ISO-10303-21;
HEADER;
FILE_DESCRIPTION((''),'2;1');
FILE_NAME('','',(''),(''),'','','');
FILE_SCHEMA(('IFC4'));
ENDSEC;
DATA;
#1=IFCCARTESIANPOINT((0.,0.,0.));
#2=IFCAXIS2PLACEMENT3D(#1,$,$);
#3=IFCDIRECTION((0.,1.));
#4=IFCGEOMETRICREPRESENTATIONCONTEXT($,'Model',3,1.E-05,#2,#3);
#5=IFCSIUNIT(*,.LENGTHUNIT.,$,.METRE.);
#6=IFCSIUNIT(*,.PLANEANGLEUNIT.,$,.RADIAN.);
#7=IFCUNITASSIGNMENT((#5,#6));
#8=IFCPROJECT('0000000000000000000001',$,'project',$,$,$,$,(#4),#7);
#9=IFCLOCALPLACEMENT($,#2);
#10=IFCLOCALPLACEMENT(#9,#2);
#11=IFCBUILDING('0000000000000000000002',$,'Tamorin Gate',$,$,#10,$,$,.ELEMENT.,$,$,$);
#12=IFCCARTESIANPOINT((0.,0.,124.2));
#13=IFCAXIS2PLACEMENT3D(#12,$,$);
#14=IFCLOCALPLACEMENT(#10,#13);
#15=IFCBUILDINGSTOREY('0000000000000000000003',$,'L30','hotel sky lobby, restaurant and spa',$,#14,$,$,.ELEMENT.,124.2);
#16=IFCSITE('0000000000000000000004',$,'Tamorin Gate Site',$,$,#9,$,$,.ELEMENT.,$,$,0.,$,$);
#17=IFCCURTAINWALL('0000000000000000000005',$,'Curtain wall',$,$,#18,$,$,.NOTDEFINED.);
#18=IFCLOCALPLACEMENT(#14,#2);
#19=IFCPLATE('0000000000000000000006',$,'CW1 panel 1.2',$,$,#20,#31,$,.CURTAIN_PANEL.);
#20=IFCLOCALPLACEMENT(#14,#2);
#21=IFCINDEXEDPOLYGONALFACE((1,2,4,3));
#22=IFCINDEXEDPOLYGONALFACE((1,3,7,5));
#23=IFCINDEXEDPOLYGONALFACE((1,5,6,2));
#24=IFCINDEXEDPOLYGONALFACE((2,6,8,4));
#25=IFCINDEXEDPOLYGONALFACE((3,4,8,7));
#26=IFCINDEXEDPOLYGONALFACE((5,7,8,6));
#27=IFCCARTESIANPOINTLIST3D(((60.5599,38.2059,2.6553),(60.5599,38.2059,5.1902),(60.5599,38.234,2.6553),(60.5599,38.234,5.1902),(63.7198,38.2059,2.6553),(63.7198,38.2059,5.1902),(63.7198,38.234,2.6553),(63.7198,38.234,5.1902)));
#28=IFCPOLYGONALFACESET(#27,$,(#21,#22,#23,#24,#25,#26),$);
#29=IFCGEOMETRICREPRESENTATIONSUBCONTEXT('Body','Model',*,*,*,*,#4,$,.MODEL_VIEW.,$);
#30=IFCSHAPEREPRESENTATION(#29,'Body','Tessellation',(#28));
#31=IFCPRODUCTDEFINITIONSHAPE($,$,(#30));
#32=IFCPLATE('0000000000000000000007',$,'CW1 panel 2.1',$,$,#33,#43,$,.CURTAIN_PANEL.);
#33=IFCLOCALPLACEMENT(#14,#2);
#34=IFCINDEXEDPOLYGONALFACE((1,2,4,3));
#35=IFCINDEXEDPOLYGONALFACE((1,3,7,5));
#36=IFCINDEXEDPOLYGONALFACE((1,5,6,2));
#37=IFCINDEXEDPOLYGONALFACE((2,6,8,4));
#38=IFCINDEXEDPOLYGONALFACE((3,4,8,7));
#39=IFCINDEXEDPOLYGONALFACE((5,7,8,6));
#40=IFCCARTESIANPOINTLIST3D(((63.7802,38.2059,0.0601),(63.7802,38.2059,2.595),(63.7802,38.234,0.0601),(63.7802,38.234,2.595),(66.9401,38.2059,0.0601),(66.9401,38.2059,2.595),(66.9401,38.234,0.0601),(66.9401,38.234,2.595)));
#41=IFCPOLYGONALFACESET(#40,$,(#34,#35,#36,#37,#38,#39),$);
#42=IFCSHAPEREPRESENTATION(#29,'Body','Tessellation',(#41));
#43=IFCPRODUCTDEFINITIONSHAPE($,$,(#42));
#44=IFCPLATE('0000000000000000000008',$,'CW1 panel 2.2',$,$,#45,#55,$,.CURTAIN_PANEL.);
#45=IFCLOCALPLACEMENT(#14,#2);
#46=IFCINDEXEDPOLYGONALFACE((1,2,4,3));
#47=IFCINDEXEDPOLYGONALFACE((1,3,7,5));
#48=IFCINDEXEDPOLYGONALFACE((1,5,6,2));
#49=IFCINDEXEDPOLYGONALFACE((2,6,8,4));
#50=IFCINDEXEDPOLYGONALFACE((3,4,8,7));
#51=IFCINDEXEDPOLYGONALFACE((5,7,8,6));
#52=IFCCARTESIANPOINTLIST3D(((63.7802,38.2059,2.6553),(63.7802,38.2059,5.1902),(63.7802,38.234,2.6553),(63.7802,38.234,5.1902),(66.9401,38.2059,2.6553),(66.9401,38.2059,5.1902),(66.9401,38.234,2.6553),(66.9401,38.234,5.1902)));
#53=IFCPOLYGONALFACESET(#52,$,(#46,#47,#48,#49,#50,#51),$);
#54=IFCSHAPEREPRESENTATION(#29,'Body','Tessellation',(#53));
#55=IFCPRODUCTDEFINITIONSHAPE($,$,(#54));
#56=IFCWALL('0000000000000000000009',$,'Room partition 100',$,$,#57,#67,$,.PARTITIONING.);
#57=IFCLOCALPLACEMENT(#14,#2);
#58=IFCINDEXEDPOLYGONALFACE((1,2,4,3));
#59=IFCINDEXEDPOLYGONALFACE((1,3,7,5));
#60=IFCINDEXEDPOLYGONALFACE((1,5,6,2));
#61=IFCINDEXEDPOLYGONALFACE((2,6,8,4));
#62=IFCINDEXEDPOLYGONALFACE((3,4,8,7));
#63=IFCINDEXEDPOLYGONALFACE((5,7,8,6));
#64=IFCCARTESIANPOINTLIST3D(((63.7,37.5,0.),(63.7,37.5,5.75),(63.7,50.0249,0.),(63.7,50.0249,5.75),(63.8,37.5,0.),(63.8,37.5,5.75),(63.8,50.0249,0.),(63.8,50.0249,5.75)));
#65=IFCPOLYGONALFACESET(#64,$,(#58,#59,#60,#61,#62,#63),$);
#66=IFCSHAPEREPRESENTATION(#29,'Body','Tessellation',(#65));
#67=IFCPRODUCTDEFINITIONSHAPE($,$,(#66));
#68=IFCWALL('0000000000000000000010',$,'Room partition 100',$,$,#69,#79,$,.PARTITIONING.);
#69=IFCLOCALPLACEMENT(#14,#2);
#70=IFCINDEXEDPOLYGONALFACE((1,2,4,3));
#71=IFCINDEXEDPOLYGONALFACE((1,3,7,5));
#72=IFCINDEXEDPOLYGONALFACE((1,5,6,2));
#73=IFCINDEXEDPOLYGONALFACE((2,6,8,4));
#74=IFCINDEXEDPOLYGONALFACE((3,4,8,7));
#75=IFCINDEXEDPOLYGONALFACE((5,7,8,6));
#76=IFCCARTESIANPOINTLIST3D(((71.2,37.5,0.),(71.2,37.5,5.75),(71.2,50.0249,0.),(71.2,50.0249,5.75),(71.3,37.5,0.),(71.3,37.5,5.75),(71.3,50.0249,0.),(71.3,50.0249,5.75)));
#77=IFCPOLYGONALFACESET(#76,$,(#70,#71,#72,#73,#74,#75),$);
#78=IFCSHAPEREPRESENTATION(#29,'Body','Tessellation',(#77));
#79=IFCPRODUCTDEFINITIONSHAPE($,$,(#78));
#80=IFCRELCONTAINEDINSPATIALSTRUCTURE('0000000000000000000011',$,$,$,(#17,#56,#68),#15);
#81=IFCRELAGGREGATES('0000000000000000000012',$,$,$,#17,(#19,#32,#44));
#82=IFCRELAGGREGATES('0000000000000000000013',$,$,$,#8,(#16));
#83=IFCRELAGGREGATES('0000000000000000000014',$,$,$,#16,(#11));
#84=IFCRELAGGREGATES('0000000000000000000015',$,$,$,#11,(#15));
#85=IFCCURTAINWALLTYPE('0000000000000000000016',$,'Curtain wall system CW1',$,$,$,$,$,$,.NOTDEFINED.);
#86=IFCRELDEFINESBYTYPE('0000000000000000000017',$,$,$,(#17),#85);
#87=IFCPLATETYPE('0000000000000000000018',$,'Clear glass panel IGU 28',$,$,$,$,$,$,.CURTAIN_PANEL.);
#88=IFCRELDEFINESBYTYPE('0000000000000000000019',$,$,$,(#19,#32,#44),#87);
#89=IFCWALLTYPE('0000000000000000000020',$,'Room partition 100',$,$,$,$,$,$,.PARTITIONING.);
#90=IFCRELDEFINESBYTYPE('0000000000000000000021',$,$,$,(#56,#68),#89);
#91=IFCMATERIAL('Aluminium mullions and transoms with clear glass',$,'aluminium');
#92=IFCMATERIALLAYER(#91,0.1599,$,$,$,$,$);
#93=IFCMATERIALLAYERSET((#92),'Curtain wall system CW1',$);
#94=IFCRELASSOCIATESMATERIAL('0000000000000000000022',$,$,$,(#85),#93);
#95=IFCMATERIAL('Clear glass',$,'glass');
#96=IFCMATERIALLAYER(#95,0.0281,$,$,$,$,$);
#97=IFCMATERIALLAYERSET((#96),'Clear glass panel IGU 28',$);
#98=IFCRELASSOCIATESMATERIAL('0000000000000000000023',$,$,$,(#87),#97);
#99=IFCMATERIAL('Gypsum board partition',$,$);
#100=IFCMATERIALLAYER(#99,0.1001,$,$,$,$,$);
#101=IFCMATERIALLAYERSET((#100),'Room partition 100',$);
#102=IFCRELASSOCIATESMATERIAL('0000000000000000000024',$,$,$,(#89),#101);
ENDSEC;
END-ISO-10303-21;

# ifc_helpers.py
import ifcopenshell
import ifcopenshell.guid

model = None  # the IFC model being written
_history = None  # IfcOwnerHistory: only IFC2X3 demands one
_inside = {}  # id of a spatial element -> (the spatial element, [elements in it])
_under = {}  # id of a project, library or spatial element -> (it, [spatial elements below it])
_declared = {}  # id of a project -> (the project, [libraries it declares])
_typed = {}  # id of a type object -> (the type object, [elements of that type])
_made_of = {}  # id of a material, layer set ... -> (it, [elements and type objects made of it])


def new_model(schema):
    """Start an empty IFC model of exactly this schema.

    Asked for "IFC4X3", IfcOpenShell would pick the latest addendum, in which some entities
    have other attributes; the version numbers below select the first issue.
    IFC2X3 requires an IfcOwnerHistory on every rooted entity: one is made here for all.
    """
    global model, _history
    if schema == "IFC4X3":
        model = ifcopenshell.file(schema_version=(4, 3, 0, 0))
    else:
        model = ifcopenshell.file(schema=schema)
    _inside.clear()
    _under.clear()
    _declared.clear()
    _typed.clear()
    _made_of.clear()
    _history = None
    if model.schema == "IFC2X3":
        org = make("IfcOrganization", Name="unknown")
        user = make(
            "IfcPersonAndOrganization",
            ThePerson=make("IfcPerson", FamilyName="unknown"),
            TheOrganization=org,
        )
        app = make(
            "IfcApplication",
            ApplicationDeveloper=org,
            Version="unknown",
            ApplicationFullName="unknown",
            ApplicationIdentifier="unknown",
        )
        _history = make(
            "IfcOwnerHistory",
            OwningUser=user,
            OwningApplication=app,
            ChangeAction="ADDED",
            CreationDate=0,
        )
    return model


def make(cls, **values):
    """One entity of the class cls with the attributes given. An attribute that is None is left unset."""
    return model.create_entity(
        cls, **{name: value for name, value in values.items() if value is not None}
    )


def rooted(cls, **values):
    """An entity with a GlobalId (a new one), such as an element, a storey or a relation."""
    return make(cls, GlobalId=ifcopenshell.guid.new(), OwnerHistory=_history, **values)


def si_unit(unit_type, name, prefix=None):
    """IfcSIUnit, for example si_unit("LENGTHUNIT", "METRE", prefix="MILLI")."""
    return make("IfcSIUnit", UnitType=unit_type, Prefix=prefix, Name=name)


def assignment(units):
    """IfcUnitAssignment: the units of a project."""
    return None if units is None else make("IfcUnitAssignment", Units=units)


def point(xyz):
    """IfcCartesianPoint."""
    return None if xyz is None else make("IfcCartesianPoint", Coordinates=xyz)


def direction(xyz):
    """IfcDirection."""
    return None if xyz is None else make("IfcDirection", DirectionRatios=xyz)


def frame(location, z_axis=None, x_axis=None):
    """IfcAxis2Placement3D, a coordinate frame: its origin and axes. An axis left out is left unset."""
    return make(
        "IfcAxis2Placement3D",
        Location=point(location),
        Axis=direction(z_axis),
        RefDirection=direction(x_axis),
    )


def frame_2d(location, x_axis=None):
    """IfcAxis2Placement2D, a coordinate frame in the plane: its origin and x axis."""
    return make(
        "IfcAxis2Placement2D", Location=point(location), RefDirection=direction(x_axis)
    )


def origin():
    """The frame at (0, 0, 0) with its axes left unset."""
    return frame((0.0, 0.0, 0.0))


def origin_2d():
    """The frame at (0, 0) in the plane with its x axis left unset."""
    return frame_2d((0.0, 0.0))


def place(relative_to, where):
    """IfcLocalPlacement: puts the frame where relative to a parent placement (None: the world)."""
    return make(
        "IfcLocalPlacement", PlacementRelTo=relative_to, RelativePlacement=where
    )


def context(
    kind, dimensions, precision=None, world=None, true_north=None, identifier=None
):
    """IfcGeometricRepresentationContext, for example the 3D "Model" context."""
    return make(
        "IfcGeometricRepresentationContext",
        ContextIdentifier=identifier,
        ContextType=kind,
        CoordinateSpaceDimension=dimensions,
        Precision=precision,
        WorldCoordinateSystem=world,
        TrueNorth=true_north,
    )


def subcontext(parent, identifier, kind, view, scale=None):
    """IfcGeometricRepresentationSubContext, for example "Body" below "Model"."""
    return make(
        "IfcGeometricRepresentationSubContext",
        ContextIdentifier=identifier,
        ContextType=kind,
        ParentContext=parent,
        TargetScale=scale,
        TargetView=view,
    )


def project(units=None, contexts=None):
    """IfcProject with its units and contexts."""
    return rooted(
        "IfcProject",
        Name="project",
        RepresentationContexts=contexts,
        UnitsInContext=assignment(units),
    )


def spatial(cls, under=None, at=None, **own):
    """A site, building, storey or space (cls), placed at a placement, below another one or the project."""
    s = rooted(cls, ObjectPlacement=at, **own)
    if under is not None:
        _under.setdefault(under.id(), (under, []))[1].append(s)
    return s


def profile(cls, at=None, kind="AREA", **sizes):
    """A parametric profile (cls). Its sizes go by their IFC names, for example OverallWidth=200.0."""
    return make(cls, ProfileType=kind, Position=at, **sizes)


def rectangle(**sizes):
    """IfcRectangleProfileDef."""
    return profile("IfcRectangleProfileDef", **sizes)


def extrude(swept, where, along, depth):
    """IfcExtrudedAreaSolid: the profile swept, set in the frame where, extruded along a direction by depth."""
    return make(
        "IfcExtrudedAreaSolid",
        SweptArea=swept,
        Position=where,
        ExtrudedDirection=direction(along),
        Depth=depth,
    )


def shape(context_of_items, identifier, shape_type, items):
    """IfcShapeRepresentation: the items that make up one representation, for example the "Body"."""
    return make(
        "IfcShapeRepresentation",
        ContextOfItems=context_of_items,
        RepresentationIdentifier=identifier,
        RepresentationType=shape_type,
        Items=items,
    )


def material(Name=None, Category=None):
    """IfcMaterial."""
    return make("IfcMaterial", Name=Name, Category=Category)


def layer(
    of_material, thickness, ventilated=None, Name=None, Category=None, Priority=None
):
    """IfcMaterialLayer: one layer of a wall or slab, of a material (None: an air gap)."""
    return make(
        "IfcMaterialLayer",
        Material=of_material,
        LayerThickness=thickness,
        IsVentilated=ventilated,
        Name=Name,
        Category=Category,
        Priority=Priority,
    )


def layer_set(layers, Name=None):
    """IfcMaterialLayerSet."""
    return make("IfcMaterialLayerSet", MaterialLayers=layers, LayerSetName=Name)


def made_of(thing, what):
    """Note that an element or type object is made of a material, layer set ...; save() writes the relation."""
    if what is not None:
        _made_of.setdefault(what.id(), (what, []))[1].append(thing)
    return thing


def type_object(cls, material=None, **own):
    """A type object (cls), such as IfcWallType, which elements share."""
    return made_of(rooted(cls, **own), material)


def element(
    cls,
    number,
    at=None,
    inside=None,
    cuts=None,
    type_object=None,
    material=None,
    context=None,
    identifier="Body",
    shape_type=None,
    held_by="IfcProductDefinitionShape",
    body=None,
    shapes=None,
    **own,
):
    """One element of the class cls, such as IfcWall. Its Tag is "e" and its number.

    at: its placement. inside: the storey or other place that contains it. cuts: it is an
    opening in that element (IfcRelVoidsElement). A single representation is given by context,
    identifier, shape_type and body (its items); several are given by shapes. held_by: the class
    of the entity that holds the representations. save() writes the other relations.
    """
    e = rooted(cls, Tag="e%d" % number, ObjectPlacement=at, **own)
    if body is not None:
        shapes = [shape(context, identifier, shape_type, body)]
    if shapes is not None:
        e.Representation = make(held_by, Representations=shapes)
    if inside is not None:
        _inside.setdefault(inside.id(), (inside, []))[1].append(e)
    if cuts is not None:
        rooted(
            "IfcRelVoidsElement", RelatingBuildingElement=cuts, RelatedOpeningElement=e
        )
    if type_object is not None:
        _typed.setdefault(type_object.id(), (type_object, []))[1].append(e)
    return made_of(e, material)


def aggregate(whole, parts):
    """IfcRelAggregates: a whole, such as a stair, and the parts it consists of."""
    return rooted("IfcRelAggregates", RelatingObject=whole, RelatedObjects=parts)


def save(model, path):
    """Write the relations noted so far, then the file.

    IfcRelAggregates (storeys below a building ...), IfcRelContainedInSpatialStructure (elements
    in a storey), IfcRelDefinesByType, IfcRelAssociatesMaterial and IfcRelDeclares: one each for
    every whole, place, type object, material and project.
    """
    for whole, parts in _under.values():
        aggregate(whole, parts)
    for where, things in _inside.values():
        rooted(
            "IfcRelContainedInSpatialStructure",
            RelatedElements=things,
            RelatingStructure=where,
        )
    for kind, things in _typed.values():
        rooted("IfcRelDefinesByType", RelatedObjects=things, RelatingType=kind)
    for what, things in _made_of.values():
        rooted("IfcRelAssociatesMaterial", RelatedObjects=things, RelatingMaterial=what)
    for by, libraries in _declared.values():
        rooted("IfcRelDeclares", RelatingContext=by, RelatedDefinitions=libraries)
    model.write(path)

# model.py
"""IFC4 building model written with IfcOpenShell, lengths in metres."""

from ifc_helpers import new_model, si_unit, direction, frame, frame_2d, origin, origin_2d, place, context, subcontext, project, spatial, rectangle, extrude, material, layer, layer_set, type_object, element, aggregate, save


model = new_model("IFC4")

# Units and contexts
model_context = context("Model", 3, precision=1e-05, world=origin(), true_north=direction((0.0, 1.0)))
body_context = subcontext(model_context, "Body", "Model", "MODEL_VIEW")
ifc_project = project(units=[si_unit("LENGTHUNIT", "METRE"), si_unit("PLANEANGLEUNIT", "RADIAN")], contexts=[model_context])

# Site, building, storey
site_placement = place(None, origin())
site = spatial("IfcSite", under=ifc_project, at=site_placement, Name="Tamorin Gate Site", CompositionType="ELEMENT", RefElevation=0.0)
building_placement = place(site_placement, origin())
building = spatial("IfcBuilding", under=site, at=building_placement, Name="Tamorin Gate", CompositionType="ELEMENT")
storey_placement = place(building_placement, frame((0.0, 0.0, 124.2)))
storey = spatial("IfcBuildingStorey", under=building, at=storey_placement, Name="L30", Description="hotel sky lobby, restaurant and spa", CompositionType="ELEMENT", Elevation=124.2)

# Curtain wall
ifc_material_1 = material(Name="Aluminium mullions and transoms with clear glass", Category="aluminium")
ifc_layer_1 = layer(ifc_material_1, 0.1599)
ifc_layer_set_1 = layer_set([ifc_layer_1], Name="Curtain wall system CW1")
curtain_wall_type = type_object("IfcCurtainWallType", Name="Curtain wall system CW1", PredefinedType="NOTDEFINED", material=ifc_layer_set_1)
curtain_wall_1_placement = place(storey_placement, origin())
curtain_wall_1 = element("IfcCurtainWall", 1, at=curtain_wall_1_placement, inside=storey, type_object=curtain_wall_type, Name="Curtain wall", PredefinedType="NOTDEFINED")

# Plates
ifc_material_2 = material(Name="Clear glass", Category="glass")
ifc_layer_2 = layer(ifc_material_2, 0.0281)
ifc_layer_set_2 = layer_set([ifc_layer_2], Name="Clear glass panel IGU 28")
plate_type = type_object("IfcPlateType", Name="Clear glass panel IGU 28", PredefinedType="CURTAIN_PANEL", material=ifc_layer_set_2)
plate_1_placement = place(storey_placement, frame((62.1399, 38.22, 2.6553), z_axis=(0.0, 0.0, 1.0), x_axis=(1.0, 0.0, 0.0)))
plate_1 = element("IfcPlate", 2, at=plate_1_placement, type_object=plate_type, Name="CW1 panel 1.2", PredefinedType="CURTAIN_PANEL", context=body_context, shape_type="SweptSolid", body=[
    extrude(rectangle(XDim=3.1599, YDim=0.0281, at=origin_2d()), origin(), (0.0, 0.0, 1.0), 2.5349),
])
plate_2_placement = place(storey_placement, frame((65.3601, 38.22, 0.0601), z_axis=(0.0, 0.0, 1.0), x_axis=(1.0, 0.0, 0.0)))
plate_2 = element("IfcPlate", 3, at=plate_2_placement, type_object=plate_type, Name="CW1 panel 2.1", PredefinedType="CURTAIN_PANEL", context=body_context, shape_type="SweptSolid", body=[
    extrude(rectangle(XDim=3.1599, YDim=0.0281, at=origin_2d()), origin(), (0.0, 0.0, 1.0), 2.5349),
])
plate_3_placement = place(storey_placement, frame((65.3601, 38.22, 2.6553), z_axis=(0.0, 0.0, 1.0), x_axis=(1.0, 0.0, 0.0)))
plate_3 = element("IfcPlate", 4, at=plate_3_placement, type_object=plate_type, Name="CW1 panel 2.2", PredefinedType="CURTAIN_PANEL", context=body_context, shape_type="SweptSolid", body=[
    extrude(rectangle(XDim=3.1599, YDim=0.0281, at=origin_2d()), origin(), (0.0, 0.0, 1.0), 2.5349),
])
aggregate(curtain_wall_1, [plate_1, plate_2, plate_3])

# Walls
ifc_material_3 = material(Name="Gypsum board partition")
ifc_layer_3 = layer(ifc_material_3, 0.1001)
ifc_layer_set_3 = layer_set([ifc_layer_3], Name="Room partition 100")
wall_type = type_object("IfcWallType", Name="Room partition 100", PredefinedType="PARTITIONING", material=ifc_layer_set_3)
for number, where, z_axis, x_axis, name in (
    (5, (63.75, 37.5, 0.0), (0.0, 0.0, 1.0), (0.0, 1.0, 0.0), "Room partition 100"),
    (6, (71.25, 37.5, 0.0), (0.0, 0.0, 1.0), (0.0, 1.0, 0.0), "Room partition 100"),
):
    element("IfcWall", number, at=place(storey_placement, frame(where, z_axis=z_axis, x_axis=x_axis)), inside=storey, type_object=wall_type, Name=name, PredefinedType="PARTITIONING", context=body_context, shape_type="SweptSolid", body=[
        extrude(rectangle(XDim=12.5249, YDim=0.1001, at=frame_2d((6.2625, 0.0))), origin(), (0.0, 0.0, 1.0), 5.75),
    ])

save(model, "model.ifc")
